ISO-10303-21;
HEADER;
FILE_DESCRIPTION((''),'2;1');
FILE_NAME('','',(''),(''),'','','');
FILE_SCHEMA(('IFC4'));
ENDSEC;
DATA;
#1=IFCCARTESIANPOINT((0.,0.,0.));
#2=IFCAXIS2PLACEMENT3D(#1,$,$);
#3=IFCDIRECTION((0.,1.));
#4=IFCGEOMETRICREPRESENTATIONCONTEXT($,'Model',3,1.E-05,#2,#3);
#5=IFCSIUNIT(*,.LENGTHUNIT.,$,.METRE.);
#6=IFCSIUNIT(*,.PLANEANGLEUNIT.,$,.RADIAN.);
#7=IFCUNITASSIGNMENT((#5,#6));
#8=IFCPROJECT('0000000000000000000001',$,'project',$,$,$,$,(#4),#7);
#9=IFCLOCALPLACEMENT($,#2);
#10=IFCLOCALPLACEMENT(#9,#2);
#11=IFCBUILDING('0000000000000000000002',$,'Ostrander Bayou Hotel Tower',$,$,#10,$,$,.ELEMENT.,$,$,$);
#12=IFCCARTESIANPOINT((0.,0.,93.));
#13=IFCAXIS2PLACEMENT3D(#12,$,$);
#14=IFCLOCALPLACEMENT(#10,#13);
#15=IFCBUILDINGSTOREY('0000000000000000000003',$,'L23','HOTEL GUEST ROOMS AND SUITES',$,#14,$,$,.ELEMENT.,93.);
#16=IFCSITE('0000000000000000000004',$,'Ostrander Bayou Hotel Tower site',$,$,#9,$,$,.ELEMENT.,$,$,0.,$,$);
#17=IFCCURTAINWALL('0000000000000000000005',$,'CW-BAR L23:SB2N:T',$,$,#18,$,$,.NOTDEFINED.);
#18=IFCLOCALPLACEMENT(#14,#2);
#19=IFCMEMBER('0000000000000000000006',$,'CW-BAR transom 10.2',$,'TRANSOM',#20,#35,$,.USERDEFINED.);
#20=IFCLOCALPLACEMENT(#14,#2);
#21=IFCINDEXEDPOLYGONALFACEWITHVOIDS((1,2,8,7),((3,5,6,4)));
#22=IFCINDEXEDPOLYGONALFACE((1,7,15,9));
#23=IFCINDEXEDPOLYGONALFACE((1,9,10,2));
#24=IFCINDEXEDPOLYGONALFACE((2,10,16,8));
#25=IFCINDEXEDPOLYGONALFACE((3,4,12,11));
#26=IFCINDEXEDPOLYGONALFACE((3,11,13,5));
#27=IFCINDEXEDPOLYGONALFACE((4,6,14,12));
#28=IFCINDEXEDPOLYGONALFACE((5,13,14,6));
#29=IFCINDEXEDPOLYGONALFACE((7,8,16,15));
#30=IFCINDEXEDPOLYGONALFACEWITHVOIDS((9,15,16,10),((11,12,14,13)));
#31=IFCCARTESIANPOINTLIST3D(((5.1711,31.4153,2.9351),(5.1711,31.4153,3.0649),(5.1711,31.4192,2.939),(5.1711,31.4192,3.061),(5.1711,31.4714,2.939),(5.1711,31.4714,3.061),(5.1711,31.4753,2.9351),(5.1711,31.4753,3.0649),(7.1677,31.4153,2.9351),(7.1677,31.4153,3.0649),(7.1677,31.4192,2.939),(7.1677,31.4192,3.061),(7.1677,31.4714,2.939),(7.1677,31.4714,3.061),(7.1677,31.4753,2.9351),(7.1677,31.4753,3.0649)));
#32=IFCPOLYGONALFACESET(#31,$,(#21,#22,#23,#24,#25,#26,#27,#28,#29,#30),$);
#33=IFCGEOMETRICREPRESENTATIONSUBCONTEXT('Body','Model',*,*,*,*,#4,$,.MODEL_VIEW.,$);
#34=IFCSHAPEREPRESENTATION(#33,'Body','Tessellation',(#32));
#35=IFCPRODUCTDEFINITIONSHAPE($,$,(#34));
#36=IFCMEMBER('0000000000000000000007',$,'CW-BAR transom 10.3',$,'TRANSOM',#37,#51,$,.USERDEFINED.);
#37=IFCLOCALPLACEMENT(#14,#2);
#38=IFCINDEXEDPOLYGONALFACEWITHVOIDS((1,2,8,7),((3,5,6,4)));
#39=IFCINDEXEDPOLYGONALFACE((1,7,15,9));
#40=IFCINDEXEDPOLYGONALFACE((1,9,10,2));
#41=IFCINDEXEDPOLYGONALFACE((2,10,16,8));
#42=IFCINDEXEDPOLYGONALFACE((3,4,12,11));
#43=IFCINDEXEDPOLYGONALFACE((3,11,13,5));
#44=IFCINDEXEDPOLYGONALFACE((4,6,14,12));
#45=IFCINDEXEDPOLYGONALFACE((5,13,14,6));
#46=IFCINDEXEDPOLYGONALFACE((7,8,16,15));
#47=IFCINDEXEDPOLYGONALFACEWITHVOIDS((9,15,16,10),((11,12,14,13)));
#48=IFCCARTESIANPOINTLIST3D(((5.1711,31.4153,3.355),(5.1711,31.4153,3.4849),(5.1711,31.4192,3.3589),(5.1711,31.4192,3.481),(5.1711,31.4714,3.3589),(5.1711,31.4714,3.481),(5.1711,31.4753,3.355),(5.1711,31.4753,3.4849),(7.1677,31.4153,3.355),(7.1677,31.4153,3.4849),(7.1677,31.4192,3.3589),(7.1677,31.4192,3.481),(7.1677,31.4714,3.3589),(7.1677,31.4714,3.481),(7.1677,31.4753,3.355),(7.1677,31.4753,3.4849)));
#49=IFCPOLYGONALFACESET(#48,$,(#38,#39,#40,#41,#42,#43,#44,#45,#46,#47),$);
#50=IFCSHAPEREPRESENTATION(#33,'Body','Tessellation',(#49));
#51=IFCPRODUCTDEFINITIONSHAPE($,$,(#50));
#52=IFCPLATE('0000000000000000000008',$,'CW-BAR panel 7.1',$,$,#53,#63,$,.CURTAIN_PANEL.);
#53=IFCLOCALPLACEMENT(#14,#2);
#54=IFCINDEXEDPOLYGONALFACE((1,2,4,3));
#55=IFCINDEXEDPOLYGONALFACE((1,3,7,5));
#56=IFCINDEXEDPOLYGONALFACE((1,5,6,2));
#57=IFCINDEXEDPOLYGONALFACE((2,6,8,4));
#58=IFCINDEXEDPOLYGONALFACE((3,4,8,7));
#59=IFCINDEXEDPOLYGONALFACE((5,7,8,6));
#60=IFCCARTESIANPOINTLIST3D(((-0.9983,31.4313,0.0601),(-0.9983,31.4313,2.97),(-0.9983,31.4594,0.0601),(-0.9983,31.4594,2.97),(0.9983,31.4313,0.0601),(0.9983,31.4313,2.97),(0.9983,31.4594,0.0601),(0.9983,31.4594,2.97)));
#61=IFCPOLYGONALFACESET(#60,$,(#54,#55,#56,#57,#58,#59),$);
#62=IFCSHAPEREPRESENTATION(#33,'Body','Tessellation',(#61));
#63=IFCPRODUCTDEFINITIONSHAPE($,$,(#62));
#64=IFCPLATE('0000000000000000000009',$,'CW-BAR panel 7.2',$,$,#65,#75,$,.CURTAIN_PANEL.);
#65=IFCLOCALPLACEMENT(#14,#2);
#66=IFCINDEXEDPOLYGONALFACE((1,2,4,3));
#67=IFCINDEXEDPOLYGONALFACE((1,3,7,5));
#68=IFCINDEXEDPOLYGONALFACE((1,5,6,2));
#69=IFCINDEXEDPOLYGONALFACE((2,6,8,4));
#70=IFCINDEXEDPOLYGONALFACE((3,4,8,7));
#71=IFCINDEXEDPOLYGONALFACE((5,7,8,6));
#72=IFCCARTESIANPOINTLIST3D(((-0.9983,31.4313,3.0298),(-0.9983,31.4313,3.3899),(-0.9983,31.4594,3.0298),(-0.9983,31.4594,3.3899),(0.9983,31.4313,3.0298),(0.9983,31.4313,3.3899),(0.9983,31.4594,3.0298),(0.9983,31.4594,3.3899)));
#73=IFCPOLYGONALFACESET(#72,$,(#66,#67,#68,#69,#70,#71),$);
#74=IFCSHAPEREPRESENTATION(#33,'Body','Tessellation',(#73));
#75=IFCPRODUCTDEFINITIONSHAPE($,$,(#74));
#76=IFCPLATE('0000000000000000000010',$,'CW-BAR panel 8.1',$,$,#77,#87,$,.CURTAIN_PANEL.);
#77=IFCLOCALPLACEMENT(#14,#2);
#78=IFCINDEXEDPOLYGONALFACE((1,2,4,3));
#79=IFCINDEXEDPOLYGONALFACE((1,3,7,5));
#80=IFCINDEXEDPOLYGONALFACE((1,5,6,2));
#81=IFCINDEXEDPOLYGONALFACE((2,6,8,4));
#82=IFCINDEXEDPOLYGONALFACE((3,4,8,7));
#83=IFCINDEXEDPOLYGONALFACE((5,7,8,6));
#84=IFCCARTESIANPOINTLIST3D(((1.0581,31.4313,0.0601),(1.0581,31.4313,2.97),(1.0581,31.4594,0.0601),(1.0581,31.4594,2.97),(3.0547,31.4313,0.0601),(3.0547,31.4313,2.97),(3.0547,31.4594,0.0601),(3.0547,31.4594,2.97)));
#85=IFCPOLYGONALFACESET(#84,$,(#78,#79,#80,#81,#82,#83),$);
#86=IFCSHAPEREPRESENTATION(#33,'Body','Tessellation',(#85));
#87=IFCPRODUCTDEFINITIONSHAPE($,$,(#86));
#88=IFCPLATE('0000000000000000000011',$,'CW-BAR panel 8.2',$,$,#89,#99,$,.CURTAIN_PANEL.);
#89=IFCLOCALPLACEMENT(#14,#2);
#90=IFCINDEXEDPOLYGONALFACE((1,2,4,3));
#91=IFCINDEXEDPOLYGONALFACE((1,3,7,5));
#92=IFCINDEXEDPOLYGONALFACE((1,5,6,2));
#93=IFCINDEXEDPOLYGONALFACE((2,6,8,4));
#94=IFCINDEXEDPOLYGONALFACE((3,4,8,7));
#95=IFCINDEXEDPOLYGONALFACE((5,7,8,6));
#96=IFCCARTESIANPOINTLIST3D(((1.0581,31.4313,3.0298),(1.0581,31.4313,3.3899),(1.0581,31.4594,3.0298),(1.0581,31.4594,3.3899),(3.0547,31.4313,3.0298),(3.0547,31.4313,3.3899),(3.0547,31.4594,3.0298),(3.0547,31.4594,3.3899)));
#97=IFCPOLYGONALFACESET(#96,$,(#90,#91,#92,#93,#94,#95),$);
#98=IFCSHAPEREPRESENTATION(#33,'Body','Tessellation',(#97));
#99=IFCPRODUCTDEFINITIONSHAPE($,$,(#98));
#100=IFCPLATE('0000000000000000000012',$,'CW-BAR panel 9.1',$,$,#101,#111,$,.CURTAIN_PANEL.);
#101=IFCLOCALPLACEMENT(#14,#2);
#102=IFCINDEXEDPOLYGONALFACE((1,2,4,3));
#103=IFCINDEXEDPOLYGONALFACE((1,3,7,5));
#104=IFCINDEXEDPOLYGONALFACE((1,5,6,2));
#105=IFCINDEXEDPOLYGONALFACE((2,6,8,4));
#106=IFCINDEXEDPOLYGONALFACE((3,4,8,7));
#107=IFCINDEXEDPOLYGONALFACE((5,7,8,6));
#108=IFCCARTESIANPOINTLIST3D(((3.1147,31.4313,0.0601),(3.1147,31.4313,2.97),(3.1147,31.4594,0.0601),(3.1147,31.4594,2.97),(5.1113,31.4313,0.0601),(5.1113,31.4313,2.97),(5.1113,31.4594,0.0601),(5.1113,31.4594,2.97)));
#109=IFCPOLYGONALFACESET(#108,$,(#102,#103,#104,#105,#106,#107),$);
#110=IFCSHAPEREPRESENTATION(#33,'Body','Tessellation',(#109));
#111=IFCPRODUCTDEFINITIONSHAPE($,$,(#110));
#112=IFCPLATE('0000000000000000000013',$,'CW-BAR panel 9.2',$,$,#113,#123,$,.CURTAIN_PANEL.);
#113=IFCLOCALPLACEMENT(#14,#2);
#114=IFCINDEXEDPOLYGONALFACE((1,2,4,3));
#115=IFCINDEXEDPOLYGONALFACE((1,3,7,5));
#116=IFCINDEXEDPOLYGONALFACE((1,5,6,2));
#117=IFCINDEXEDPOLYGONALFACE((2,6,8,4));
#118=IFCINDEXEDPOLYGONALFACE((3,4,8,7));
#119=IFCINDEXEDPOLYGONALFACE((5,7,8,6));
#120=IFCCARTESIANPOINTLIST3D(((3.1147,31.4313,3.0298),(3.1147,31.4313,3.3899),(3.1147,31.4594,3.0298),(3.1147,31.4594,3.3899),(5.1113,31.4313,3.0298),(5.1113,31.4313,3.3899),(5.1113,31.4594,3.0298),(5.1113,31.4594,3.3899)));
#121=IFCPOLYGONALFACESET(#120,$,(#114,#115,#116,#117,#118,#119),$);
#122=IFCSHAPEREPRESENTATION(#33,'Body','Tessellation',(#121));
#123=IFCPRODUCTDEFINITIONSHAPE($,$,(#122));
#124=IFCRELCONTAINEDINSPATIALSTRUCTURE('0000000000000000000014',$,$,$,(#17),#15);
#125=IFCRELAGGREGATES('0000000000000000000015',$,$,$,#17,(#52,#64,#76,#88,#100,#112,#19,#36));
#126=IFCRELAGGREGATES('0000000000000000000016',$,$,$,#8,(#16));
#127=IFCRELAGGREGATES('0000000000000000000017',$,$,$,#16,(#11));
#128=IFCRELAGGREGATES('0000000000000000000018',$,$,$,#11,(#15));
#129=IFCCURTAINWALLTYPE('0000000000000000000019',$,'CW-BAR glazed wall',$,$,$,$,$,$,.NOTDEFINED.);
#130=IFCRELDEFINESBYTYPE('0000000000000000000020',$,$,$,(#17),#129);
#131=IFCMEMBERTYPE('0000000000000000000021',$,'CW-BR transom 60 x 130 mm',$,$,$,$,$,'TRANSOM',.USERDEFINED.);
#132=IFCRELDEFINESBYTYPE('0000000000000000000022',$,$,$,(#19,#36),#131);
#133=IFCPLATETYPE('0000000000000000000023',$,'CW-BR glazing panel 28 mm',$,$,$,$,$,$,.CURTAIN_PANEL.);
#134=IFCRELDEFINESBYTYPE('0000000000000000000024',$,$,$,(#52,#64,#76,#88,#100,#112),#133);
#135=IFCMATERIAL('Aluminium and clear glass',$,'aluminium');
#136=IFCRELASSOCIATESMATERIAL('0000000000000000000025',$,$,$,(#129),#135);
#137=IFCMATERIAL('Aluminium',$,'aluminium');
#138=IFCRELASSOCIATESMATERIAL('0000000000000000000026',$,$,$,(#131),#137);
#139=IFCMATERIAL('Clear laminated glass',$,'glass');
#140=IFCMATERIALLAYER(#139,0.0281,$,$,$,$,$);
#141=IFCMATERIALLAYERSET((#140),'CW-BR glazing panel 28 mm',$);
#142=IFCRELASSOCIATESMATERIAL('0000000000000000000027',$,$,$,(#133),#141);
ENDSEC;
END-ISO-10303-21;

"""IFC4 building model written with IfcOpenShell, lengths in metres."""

from ifc_helpers import new_model, si_unit, direction, frame, origin, origin_2d, place, context, subcontext, project, spatial, rectangle, hollow_rectangle, extrude, material, layer, layer_set, material_profile, profile_set, type_object, element, aggregate, save


model = new_model("IFC4")

# Units and contexts
model_context = context("Model", 3, precision=1e-05, world=origin(), true_north=direction((0.0, 1.0)))
body_context = subcontext(model_context, "Body", "Model", "MODEL_VIEW")
ifc_project = project(units=[si_unit("LENGTHUNIT", "METRE"), si_unit("PLANEANGLEUNIT", "RADIAN")], contexts=[model_context])

# Site, building, storey
site_placement = place(None, origin())
site = spatial("IfcSite", under=ifc_project, at=site_placement, Name="Ostrander Bayou Hotel Tower site", CompositionType="ELEMENT", RefElevation=0.0)
building_placement = place(site_placement, origin())
building = spatial("IfcBuilding", under=site, at=building_placement, Name="Ostrander Bayou Hotel Tower", CompositionType="ELEMENT")
storey_placement = place(building_placement, frame((0.0, 0.0, 93.0)))
storey = spatial("IfcBuildingStorey", under=building, at=storey_placement, Name="L23", Description="HOTEL GUEST ROOMS AND SUITES", CompositionType="ELEMENT", Elevation=93.0)

# Curtain wall, members, plates
ifc_material_1 = material(Name="Aluminium and clear glass", Category="aluminium")
curtain_wall_type = type_object("IfcCurtainWallType", Name="CW-BAR glazed wall", PredefinedType="NOTDEFINED", material=ifc_material_1)
curtain_wall_placement = place(storey_placement, origin())
curtain_wall = element("IfcCurtainWall", 1, at=curtain_wall_placement, inside=storey, type_object=curtain_wall_type, Name="CW-BAR L23:SB2N:T", PredefinedType="NOTDEFINED")
ifc_material_2 = material(Name="Aluminium", Category="aluminium")
ifc_material_profile_1 = material_profile(ifc_material_2, hollow_rectangle(XDim=0.0601, YDim=0.1299, WallThickness=0.0039, at=origin_2d()))
ifc_profile_set_1 = profile_set([ifc_material_profile_1], Name="Aluminium")
member_type_1 = type_object("IfcMemberType", Name="CW-BR transom 60 x 130 mm", ElementType="TRANSOM", PredefinedType="USERDEFINED", material=ifc_profile_set_1)
member_1_placement = place(storey_placement, frame((5.1711, 31.4453, 3.0), z_axis=(1.0, 0.0, 0.0), x_axis=(0.0, 1.0, 0.0)))
member_1 = element("IfcMember", 2, at=member_1_placement, type_object=member_type_1, Name="CW-BAR transom 10.2", ObjectType="TRANSOM", PredefinedType="USERDEFINED", context=body_context, shape_type="SweptSolid", body=[
    extrude(hollow_rectangle(XDim=0.0601, YDim=0.1299, WallThickness=0.0039, at=origin_2d()), origin(), (0.0, 0.0, 1.0), 1.9966),
])
member_2_placement = place(storey_placement, frame((5.1711, 31.4453, 3.4199), z_axis=(1.0, 0.0, 0.0), x_axis=(0.0, 1.0, 0.0)))
member_2 = element("IfcMember", 3, at=member_2_placement, type_object=member_type_1, Name="CW-BAR transom 10.3", ObjectType="TRANSOM", PredefinedType="USERDEFINED", context=body_context, shape_type="SweptSolid", body=[
    extrude(hollow_rectangle(XDim=0.0601, YDim=0.1299, WallThickness=0.0039, at=origin_2d()), origin(), (0.0, 0.0, 1.0), 1.9966),
])
ifc_material_3 = material(Name="Clear laminated glass", Category="glass")
ifc_layer = layer(ifc_material_3, 0.0281)
ifc_layer_set = layer_set([ifc_layer], Name="CW-BR glazing panel 28 mm")
plate_type = type_object("IfcPlateType", Name="CW-BR glazing panel 28 mm", PredefinedType="CURTAIN_PANEL", material=ifc_layer_set)
plate_1_placement = place(storey_placement, frame((0.0, 31.4453, 0.0601), z_axis=(0.0, 0.0, 1.0), x_axis=(1.0, 0.0, 0.0)))
plate_1 = element("IfcPlate", 4, at=plate_1_placement, type_object=plate_type, Name="CW-BAR panel 7.1", PredefinedType="CURTAIN_PANEL", context=body_context, shape_type="SweptSolid", body=[
    extrude(rectangle(XDim=1.9966, YDim=0.0281, at=origin_2d()), origin(), (0.0, 0.0, 1.0), 2.9099),
])
plate_2_placement = place(storey_placement, frame((0.0, 31.4453, 3.0298), z_axis=(0.0, 0.0, 1.0), x_axis=(1.0, 0.0, 0.0)))
plate_2 = element("IfcPlate", 5, at=plate_2_placement, type_object=plate_type, Name="CW-BAR panel 7.2", PredefinedType="CURTAIN_PANEL", context=body_context, shape_type="SweptSolid", body=[
    extrude(rectangle(XDim=1.9966, YDim=0.0281, at=origin_2d()), origin(), (0.0, 0.0, 1.0), 0.3601),
])
plate_3_placement = place(storey_placement, frame((2.0564, 31.4453, 0.0601), z_axis=(0.0, 0.0, 1.0), x_axis=(1.0, 0.0, 0.0)))
plate_3 = element("IfcPlate", 6, at=plate_3_placement, type_object=plate_type, Name="CW-BAR panel 8.1", PredefinedType="CURTAIN_PANEL", context=body_context, shape_type="SweptSolid", body=[
    extrude(rectangle(XDim=1.9966, YDim=0.0281, at=origin_2d()), origin(), (0.0, 0.0, 1.0), 2.9099),
])
plate_4_placement = place(storey_placement, frame((2.0564, 31.4453, 3.0298), z_axis=(0.0, 0.0, 1.0), x_axis=(1.0, 0.0, 0.0)))
plate_4 = element("IfcPlate", 7, at=plate_4_placement, type_object=plate_type, Name="CW-BAR panel 8.2", PredefinedType="CURTAIN_PANEL", context=body_context, shape_type="SweptSolid", body=[
    extrude(rectangle(XDim=1.9966, YDim=0.0281, at=origin_2d()), origin(), (0.0, 0.0, 1.0), 0.3601),
])
plate_5_placement = place(storey_placement, frame((4.113, 31.4453, 0.0601), z_axis=(0.0, 0.0, 1.0), x_axis=(1.0, 0.0, 0.0)))
plate_5 = element("IfcPlate", 8, at=plate_5_placement, type_object=plate_type, Name="CW-BAR panel 9.1", PredefinedType="CURTAIN_PANEL", context=body_context, shape_type="SweptSolid", body=[
    extrude(rectangle(XDim=1.9966, YDim=0.0281, at=origin_2d()), origin(), (0.0, 0.0, 1.0), 2.9099),
])
plate_6_placement = place(storey_placement, frame((4.113, 31.4453, 3.0298), z_axis=(0.0, 0.0, 1.0), x_axis=(1.0, 0.0, 0.0)))
plate_6 = element("IfcPlate", 9, at=plate_6_placement, type_object=plate_type, Name="CW-BAR panel 9.2", PredefinedType="CURTAIN_PANEL", context=body_context, shape_type="SweptSolid", body=[
    extrude(rectangle(XDim=1.9966, YDim=0.0281, at=origin_2d()), origin(), (0.0, 0.0, 1.0), 0.3601),
])
aggregate(curtain_wall, [plate_1, plate_2, plate_3, plate_4, plate_5, plate_6, member_1, member_2])

save(model, "model.ifc")
